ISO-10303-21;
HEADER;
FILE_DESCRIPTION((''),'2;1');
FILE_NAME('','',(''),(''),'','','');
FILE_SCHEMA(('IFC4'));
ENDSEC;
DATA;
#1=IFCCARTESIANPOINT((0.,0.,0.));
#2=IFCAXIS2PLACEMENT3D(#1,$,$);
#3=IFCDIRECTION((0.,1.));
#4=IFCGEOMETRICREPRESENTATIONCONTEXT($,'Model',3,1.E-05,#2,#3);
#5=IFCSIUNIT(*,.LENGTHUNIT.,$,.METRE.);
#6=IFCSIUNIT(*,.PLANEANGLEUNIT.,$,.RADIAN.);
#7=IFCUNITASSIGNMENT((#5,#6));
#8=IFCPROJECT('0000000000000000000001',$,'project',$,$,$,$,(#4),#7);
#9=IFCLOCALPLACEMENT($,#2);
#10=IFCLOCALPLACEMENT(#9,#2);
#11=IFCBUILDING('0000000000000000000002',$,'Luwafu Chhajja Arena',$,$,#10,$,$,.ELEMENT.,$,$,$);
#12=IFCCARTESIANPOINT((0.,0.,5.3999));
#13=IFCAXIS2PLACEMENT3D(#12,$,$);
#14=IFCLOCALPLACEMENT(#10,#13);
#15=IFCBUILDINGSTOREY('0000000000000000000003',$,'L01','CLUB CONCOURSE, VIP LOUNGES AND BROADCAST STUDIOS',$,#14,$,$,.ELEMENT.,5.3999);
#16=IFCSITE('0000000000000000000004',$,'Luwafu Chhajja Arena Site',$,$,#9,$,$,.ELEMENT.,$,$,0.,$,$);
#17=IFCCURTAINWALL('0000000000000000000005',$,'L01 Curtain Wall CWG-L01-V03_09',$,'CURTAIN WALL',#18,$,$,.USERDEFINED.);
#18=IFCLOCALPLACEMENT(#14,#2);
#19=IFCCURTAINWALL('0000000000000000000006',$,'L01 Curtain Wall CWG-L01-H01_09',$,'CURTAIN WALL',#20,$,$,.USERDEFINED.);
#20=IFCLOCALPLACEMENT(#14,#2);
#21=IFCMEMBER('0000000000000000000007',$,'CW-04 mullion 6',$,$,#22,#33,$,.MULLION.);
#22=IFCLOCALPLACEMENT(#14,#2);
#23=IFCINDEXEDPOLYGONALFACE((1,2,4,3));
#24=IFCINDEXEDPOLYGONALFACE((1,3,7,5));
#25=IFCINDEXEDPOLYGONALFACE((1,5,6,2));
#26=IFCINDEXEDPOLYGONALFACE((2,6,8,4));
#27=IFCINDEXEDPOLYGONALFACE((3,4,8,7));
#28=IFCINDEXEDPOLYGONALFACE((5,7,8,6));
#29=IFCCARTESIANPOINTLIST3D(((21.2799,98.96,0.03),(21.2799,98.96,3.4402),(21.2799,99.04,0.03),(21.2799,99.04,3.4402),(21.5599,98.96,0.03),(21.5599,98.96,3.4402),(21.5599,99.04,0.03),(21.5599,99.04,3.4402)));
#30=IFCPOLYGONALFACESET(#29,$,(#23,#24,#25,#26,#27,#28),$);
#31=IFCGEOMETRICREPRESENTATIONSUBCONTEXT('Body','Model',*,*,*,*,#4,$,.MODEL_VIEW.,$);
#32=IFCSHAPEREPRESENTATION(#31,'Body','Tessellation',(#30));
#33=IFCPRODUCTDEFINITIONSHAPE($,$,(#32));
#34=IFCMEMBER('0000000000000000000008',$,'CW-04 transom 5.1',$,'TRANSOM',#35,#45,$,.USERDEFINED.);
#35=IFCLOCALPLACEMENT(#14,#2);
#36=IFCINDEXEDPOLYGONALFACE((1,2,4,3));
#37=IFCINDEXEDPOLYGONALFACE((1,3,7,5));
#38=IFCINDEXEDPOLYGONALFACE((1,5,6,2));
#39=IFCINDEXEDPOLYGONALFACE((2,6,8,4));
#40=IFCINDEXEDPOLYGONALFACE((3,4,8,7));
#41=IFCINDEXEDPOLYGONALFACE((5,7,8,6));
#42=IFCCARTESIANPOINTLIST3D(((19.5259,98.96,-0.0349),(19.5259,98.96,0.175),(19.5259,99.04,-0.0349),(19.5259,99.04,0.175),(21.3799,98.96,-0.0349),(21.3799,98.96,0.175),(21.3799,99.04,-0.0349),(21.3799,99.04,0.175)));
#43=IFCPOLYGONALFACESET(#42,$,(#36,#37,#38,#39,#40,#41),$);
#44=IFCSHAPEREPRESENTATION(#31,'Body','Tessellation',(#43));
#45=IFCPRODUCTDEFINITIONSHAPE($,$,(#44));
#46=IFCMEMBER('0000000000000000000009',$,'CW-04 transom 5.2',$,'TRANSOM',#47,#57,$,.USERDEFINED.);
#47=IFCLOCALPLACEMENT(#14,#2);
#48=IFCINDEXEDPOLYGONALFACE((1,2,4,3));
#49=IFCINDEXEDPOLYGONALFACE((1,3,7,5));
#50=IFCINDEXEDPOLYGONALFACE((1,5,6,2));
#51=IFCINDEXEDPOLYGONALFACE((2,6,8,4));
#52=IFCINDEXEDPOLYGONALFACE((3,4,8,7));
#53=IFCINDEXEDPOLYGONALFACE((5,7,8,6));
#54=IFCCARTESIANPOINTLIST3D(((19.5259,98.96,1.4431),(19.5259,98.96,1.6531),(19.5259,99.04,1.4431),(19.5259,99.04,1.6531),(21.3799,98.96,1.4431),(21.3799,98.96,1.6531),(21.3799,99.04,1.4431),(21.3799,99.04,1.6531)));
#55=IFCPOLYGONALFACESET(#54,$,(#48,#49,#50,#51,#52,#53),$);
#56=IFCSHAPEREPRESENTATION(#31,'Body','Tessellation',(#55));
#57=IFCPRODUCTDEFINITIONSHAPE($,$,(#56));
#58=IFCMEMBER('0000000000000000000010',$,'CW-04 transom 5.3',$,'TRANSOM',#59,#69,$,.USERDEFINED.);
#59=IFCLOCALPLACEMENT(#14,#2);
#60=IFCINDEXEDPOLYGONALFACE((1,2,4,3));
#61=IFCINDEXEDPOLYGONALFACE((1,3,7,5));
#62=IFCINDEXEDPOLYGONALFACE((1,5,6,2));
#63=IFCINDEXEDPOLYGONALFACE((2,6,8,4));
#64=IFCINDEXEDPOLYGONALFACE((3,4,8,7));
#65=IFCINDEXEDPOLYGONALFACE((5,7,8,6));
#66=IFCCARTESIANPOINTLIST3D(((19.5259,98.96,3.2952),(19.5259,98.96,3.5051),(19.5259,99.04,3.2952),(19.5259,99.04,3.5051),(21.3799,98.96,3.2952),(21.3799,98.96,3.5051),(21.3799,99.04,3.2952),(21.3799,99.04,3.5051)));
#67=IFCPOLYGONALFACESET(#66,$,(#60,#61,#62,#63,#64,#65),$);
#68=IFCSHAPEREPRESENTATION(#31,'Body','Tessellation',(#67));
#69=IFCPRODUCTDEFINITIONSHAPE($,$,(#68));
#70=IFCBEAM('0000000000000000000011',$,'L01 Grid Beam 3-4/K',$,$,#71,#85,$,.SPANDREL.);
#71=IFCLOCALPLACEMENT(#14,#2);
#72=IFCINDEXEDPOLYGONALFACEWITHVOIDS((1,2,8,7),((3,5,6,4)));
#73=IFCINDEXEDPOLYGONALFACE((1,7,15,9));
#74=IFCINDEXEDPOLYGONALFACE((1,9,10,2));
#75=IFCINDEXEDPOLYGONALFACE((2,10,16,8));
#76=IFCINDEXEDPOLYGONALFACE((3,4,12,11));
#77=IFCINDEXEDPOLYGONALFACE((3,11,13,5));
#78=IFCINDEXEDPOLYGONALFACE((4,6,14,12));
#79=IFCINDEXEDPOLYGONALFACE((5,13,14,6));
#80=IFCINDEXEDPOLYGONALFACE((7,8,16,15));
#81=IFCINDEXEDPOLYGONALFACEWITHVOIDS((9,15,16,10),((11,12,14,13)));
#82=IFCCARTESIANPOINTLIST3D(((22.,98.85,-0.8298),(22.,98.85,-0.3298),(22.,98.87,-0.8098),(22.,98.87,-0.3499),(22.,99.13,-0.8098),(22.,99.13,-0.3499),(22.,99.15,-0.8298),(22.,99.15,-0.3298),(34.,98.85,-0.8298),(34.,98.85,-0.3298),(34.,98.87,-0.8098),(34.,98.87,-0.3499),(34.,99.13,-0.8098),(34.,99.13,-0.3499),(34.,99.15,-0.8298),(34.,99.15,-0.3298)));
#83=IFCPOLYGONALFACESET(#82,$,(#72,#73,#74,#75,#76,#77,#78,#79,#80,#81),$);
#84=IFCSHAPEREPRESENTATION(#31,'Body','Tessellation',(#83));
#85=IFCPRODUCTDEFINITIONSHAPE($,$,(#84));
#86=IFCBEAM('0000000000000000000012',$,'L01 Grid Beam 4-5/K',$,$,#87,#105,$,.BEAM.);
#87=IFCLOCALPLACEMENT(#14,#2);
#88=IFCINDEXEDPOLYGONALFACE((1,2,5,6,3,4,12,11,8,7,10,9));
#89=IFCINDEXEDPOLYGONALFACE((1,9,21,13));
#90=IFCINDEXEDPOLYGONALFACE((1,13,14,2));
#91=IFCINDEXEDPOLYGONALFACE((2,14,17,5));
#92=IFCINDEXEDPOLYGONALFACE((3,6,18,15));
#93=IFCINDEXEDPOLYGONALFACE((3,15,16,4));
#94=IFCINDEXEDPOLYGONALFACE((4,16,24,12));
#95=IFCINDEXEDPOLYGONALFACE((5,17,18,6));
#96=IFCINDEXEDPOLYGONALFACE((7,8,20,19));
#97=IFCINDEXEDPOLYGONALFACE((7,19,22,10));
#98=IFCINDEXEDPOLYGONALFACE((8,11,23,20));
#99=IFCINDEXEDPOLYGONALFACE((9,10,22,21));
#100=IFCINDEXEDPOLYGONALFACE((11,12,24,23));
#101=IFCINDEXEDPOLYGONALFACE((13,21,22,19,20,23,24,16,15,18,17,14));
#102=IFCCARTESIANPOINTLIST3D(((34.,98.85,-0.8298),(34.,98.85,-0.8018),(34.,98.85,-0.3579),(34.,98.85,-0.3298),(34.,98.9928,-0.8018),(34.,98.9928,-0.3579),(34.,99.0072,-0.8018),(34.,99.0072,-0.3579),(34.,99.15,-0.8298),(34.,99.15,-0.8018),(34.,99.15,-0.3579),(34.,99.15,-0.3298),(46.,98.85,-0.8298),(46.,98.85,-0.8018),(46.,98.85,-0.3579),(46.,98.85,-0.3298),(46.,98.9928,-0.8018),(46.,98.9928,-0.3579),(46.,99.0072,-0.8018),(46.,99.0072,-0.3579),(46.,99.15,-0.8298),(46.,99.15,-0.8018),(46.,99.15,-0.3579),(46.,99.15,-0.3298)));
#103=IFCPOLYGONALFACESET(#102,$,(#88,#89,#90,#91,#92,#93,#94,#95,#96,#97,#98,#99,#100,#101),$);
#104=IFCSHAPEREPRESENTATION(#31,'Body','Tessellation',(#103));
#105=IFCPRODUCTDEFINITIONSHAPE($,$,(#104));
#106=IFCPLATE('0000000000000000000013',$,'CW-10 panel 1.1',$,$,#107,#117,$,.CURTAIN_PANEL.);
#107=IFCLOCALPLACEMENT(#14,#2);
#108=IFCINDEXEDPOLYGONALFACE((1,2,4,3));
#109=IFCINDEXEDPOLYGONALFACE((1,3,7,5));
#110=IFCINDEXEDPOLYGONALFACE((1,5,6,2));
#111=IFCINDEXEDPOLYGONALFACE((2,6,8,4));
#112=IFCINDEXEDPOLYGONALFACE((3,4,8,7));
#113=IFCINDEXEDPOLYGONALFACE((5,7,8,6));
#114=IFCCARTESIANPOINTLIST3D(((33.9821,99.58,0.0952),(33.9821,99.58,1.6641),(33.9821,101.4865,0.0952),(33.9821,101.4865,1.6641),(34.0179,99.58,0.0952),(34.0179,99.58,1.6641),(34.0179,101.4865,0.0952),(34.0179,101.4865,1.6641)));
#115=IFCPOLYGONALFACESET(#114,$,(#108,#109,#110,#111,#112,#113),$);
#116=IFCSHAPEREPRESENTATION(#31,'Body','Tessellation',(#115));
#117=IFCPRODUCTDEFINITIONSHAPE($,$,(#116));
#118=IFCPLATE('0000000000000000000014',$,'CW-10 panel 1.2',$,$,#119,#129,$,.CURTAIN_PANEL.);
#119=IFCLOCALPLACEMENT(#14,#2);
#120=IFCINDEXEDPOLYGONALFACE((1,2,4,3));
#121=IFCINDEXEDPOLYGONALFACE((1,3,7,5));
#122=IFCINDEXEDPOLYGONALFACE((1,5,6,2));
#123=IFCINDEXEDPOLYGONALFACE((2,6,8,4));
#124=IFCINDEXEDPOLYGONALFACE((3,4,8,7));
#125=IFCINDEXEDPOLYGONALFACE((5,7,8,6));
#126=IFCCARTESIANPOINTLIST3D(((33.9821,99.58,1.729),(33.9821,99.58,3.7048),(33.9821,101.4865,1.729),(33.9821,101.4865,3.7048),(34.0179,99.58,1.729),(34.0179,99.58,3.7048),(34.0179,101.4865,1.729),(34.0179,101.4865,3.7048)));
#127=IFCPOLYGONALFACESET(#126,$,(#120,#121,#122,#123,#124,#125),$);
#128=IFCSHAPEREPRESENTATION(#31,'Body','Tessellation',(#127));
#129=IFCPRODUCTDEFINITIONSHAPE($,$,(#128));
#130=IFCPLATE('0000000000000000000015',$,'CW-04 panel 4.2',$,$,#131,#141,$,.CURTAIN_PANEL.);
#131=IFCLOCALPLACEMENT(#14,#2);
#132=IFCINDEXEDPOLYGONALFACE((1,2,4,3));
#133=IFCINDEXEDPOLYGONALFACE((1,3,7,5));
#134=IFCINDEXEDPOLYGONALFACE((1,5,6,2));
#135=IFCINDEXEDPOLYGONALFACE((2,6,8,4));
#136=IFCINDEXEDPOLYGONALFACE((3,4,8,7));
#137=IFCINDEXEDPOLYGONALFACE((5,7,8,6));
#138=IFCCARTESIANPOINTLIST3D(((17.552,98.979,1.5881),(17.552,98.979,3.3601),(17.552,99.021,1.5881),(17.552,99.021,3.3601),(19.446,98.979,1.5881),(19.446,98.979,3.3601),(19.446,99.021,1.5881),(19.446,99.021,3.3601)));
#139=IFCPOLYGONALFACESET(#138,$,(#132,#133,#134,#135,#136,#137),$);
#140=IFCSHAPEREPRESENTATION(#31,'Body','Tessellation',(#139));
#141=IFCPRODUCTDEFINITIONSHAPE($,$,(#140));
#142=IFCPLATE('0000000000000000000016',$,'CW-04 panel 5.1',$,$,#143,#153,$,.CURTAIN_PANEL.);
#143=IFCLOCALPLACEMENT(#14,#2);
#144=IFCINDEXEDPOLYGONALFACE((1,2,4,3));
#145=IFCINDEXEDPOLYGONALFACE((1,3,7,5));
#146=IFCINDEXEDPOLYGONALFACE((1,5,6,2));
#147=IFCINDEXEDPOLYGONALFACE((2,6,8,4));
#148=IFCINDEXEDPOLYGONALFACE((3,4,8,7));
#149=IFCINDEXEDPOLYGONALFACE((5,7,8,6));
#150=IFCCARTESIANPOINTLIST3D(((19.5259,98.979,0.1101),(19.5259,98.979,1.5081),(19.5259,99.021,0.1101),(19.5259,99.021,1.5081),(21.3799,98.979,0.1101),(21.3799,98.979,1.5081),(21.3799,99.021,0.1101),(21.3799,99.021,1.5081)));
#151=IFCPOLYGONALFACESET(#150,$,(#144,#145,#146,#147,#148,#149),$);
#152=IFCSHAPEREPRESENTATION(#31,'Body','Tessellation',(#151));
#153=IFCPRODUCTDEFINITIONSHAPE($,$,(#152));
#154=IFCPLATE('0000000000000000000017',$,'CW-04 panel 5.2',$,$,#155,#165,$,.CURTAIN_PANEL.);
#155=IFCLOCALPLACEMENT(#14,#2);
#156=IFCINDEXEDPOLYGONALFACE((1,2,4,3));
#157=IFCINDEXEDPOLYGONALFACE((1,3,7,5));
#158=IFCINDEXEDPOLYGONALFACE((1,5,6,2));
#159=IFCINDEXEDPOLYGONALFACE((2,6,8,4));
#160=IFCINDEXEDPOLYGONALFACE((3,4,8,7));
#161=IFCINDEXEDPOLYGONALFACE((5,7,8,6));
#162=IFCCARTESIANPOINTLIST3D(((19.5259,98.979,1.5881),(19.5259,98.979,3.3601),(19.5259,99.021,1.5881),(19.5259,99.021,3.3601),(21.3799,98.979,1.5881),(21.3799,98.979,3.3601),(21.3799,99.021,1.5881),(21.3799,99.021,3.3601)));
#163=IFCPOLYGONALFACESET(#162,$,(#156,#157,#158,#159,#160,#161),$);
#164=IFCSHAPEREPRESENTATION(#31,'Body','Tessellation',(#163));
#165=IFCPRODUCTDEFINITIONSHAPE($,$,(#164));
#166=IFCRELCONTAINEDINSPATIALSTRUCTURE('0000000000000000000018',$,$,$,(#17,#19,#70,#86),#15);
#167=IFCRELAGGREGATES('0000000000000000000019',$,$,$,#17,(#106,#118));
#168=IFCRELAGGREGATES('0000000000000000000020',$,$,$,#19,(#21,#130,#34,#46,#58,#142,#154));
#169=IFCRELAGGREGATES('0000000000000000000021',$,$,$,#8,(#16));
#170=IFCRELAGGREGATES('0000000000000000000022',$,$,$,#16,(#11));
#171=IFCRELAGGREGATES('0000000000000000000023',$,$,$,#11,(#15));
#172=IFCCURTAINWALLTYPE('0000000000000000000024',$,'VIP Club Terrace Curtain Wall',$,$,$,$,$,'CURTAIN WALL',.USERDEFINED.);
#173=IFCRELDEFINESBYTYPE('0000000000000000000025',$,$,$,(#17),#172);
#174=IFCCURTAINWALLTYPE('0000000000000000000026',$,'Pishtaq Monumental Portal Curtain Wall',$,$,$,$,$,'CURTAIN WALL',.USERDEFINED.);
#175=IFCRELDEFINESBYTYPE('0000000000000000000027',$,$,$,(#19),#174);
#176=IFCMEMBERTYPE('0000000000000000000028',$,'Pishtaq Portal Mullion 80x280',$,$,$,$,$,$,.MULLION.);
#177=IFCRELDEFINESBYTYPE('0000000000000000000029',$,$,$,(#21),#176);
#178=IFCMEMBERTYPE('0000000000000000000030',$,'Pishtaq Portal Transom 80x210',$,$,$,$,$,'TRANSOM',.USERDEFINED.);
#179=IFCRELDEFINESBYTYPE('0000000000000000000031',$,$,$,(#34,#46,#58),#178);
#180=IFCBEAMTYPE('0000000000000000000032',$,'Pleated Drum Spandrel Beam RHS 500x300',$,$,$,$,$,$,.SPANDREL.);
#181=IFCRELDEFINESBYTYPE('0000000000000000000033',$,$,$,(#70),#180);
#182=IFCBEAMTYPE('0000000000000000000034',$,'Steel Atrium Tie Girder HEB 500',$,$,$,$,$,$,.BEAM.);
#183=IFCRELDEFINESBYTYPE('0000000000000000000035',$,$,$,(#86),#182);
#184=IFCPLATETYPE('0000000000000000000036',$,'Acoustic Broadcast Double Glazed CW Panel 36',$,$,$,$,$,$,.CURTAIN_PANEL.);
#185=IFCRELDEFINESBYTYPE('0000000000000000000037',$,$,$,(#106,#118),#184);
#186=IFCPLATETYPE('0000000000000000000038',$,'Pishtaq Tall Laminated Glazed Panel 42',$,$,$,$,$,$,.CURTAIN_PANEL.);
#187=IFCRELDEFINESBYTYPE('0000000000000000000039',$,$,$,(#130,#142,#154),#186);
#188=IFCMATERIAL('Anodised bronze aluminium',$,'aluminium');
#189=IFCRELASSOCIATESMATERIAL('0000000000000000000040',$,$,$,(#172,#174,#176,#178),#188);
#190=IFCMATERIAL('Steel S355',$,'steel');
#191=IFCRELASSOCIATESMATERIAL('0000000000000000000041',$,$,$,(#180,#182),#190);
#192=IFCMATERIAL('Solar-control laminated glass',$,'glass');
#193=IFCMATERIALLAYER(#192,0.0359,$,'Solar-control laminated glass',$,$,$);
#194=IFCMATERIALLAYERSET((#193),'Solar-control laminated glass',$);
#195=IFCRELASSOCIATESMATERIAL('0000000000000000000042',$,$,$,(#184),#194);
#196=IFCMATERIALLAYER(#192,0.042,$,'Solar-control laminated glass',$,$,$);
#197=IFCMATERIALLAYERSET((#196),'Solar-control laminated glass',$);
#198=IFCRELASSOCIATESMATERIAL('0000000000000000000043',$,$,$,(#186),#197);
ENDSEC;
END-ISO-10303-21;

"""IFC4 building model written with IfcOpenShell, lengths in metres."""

from ifc_helpers import new_model, si_unit, direction, frame, origin, origin_2d, place, context, subcontext, project, spatial, rectangle, hollow_rectangle, i_section, extrude, material, layer, layer_set, material_profile, profile_set, type_object, element, aggregate, save


model = new_model("IFC4")

# Units and contexts
model_context = context("Model", 3, precision=1e-05, world=origin(), true_north=direction((0.0, 1.0)))
body_context = subcontext(model_context, "Body", "Model", "MODEL_VIEW")
ifc_project = project(units=[si_unit("LENGTHUNIT", "METRE"), si_unit("PLANEANGLEUNIT", "RADIAN")], contexts=[model_context])

# Site, building, storey
site_placement = place(None, origin())
site = spatial("IfcSite", under=ifc_project, at=site_placement, Name="Luwafu Chhajja Arena Site", CompositionType="ELEMENT", RefElevation=0.0)
building_placement = place(site_placement, origin())
building = spatial("IfcBuilding", under=site, at=building_placement, Name="Luwafu Chhajja Arena", CompositionType="ELEMENT")
storey_placement = place(building_placement, frame((0.0, 0.0, 5.3999)))
storey = spatial("IfcBuildingStorey", under=building, at=storey_placement, Name="L01", Description="CLUB CONCOURSE, VIP LOUNGES AND BROADCAST STUDIOS", CompositionType="ELEMENT", Elevation=5.3999)

# Curtain wall
ifc_material_1 = material(Name="Anodised bronze aluminium", Category="aluminium")
curtain_wall_type_1 = type_object("IfcCurtainWallType", Name="VIP Club Terrace Curtain Wall", ElementType="CURTAIN WALL", PredefinedType="USERDEFINED", material=ifc_material_1)
curtain_wall_1_placement = place(storey_placement, origin())
curtain_wall_1 = element("IfcCurtainWall", 1, at=curtain_wall_1_placement, inside=storey, type_object=curtain_wall_type_1, Name="L01 Curtain Wall CWG-L01-V03_09", ObjectType="CURTAIN WALL", PredefinedType="USERDEFINED")

# Shared definitions
ifc_material_2 = material(Name="Steel S355", Category="steel")

# Curtain wall, members
curtain_wall_type_2 = type_object("IfcCurtainWallType", Name="Pishtaq Monumental Portal Curtain Wall", ElementType="CURTAIN WALL", PredefinedType="USERDEFINED", material=ifc_material_1)
curtain_wall_2_placement = place(storey_placement, origin())
curtain_wall_2 = element("IfcCurtainWall", 2, at=curtain_wall_2_placement, inside=storey, type_object=curtain_wall_type_2, Name="L01 Curtain Wall CWG-L01-H01_09", ObjectType="CURTAIN WALL", PredefinedType="USERDEFINED")
ifc_material_profile_1 = material_profile(ifc_material_1, rectangle(XDim=0.0801, YDim=0.28, at=origin_2d()), Name="CWM 80x280")
ifc_profile_set_1 = profile_set([ifc_material_profile_1], Name="Anodised bronze aluminium")
member_type_1 = type_object("IfcMemberType", Name="Pishtaq Portal Mullion 80x280", PredefinedType="MULLION", material=ifc_profile_set_1)
member_1_placement = place(storey_placement, frame((21.4199, 99.0, 0.03), z_axis=(0.0, 0.0, 1.0), x_axis=(0.0, 1.0, 0.0)))
member_1 = element("IfcMember", 3, at=member_1_placement, type_object=member_type_1, Name="CW-04 mullion 6", PredefinedType="MULLION", context=body_context, shape_type="SweptSolid", body=[
    extrude(rectangle(XDim=0.0801, YDim=0.28, at=origin_2d()), origin(), (0.0, 0.0, 1.0), 3.4102),
])
ifc_material_profile_2 = material_profile(ifc_material_1, rectangle(XDim=0.0801, YDim=0.21, at=origin_2d()), Name="CWT 80x210")
ifc_profile_set_2 = profile_set([ifc_material_profile_2], Name="Anodised bronze aluminium")
member_type_2 = type_object("IfcMemberType", Name="Pishtaq Portal Transom 80x210", ElementType="TRANSOM", PredefinedType="USERDEFINED", material=ifc_profile_set_2)
member_2_placement = place(storey_placement, frame((19.5259, 99.0, 0.0701), z_axis=(1.0, 0.0, 0.0), x_axis=(0.0, 1.0, 0.0)))
member_2 = element("IfcMember", 4, at=member_2_placement, type_object=member_type_2, Name="CW-04 transom 5.1", ObjectType="TRANSOM", PredefinedType="USERDEFINED", context=body_context, shape_type="SweptSolid", body=[
    extrude(rectangle(XDim=0.0801, YDim=0.21, at=origin_2d()), origin(), (0.0, 0.0, 1.0), 1.854),
])
member_3_placement = place(storey_placement, frame((19.5259, 99.0, 1.5481), z_axis=(1.0, 0.0, 0.0), x_axis=(0.0, 1.0, 0.0)))
member_3 = element("IfcMember", 5, at=member_3_placement, type_object=member_type_2, Name="CW-04 transom 5.2", ObjectType="TRANSOM", PredefinedType="USERDEFINED", context=body_context, shape_type="SweptSolid", body=[
    extrude(rectangle(XDim=0.0801, YDim=0.21, at=origin_2d()), origin(), (0.0, 0.0, 1.0), 1.854),
])
member_4_placement = place(storey_placement, frame((19.5259, 99.0, 3.4001), z_axis=(1.0, 0.0, 0.0), x_axis=(0.0, 1.0, 0.0)))
member_4 = element("IfcMember", 6, at=member_4_placement, type_object=member_type_2, Name="CW-04 transom 5.3", ObjectType="TRANSOM", PredefinedType="USERDEFINED", context=body_context, shape_type="SweptSolid", body=[
    extrude(rectangle(XDim=0.0801, YDim=0.21, at=origin_2d()), origin(), (0.0, 0.0, 1.0), 1.854),
])

# Beams
ifc_material_profile_3 = material_profile(ifc_material_2, hollow_rectangle(XDim=0.3, YDim=0.5, WallThickness=0.02, at=origin_2d()), Name="RHS 500x300x20")
ifc_profile_set_3 = profile_set([ifc_material_profile_3], Name="Steel S355")
beam_type_1 = type_object("IfcBeamType", Name="Pleated Drum Spandrel Beam RHS 500x300", PredefinedType="SPANDREL", material=ifc_profile_set_3)
beam_1_placement = place(storey_placement, frame((22.0, 99.0, -0.5798), z_axis=(1.0, 0.0, 0.0), x_axis=(0.0, 1.0, 0.0)))
element("IfcBeam", 7, at=beam_1_placement, inside=storey, type_object=beam_type_1, Name="L01 Grid Beam 3-4/K", PredefinedType="SPANDREL", context=body_context, shape_type="SweptSolid", body=[
    extrude(hollow_rectangle(XDim=0.3, YDim=0.5, WallThickness=0.02, at=origin_2d()), origin(), (0.0, 0.0, 1.0), 12.0),
])
ifc_material_profile_4 = material_profile(ifc_material_2, i_section(OverallWidth=0.3, OverallDepth=0.5, WebThickness=0.0144, FlangeThickness=0.0281, at=origin_2d()), Name="HEB 500")
ifc_profile_set_4 = profile_set([ifc_material_profile_4], Name="Steel S355")
beam_type_2 = type_object("IfcBeamType", Name="Steel Atrium Tie Girder HEB 500", PredefinedType="BEAM", material=ifc_profile_set_4)
beam_2_placement = place(storey_placement, frame((34.0, 99.0, -0.5798), z_axis=(1.0, 0.0, 0.0), x_axis=(0.0, 1.0, 0.0)))
element("IfcBeam", 8, at=beam_2_placement, inside=storey, type_object=beam_type_2, Name="L01 Grid Beam 4-5/K", PredefinedType="BEAM", context=body_context, shape_type="SweptSolid", body=[
    extrude(i_section(OverallWidth=0.3, OverallDepth=0.5, WebThickness=0.0144, FlangeThickness=0.0281, at=origin_2d()), origin(), (0.0, 0.0, 1.0), 12.0),
])

# Plates
ifc_material_3 = material(Name="Solar-control laminated glass", Category="glass")
ifc_layer_1 = layer(ifc_material_3, 0.0359, Name="Solar-control laminated glass")
ifc_layer_set_1 = layer_set([ifc_layer_1], Name="Solar-control laminated glass")
plate_type_1 = type_object("IfcPlateType", Name="Acoustic Broadcast Double Glazed CW Panel 36", PredefinedType="CURTAIN_PANEL", material=ifc_layer_set_1)
plate_1_placement = place(storey_placement, frame((34.0, 100.5332, 0.0952), z_axis=(0.0, 0.0, 1.0), x_axis=(0.0, 1.0, 0.0)))
plate_1 = element("IfcPlate", 9, at=plate_1_placement, type_object=plate_type_1, Name="CW-10 panel 1.1", PredefinedType="CURTAIN_PANEL", context=body_context, shape_type="SweptSolid", body=[
    extrude(rectangle(XDim=1.9065, YDim=0.0359, at=origin_2d()), origin(), (0.0, 0.0, 1.0), 1.5688),
])
plate_2_placement = place(storey_placement, frame((34.0, 100.5332, 1.729), z_axis=(0.0, 0.0, 1.0), x_axis=(0.0, 1.0, 0.0)))
plate_2 = element("IfcPlate", 10, at=plate_2_placement, type_object=plate_type_1, Name="CW-10 panel 1.2", PredefinedType="CURTAIN_PANEL", context=body_context, shape_type="SweptSolid", body=[
    extrude(rectangle(XDim=1.9065, YDim=0.0359, at=origin_2d()), origin(), (0.0, 0.0, 1.0), 1.9758),
])
aggregate(curtain_wall_1, [plate_1, plate_2])
ifc_layer_2 = layer(ifc_material_3, 0.042, Name="Solar-control laminated glass")
ifc_layer_set_2 = layer_set([ifc_layer_2], Name="Solar-control laminated glass")
plate_type_2 = type_object("IfcPlateType", Name="Pishtaq Tall Laminated Glazed Panel 42", PredefinedType="CURTAIN_PANEL", material=ifc_layer_set_2)
plate_3_placement = place(storey_placement, frame((18.499, 99.0, 1.5881), z_axis=(0.0, 0.0, 1.0), x_axis=(1.0, 0.0, 0.0)))
plate_3 = element("IfcPlate", 11, at=plate_3_placement, type_object=plate_type_2, Name="CW-04 panel 4.2", PredefinedType="CURTAIN_PANEL", context=body_context, shape_type="SweptSolid", body=[
    extrude(rectangle(XDim=1.894, YDim=0.042, at=origin_2d()), origin(), (0.0, 0.0, 1.0), 1.772),
])
plate_4_placement = place(storey_placement, frame((20.4529, 99.0, 0.1101), z_axis=(0.0, 0.0, 1.0), x_axis=(1.0, 0.0, 0.0)))
plate_4 = element("IfcPlate", 12, at=plate_4_placement, type_object=plate_type_2, Name="CW-04 panel 5.1", PredefinedType="CURTAIN_PANEL", context=body_context, shape_type="SweptSolid", body=[
    extrude(rectangle(XDim=1.854, YDim=0.042, at=origin_2d()), origin(), (0.0, 0.0, 1.0), 1.3979),
])
plate_5_placement = place(storey_placement, frame((20.4529, 99.0, 1.5881), z_axis=(0.0, 0.0, 1.0), x_axis=(1.0, 0.0, 0.0)))
plate_5 = element("IfcPlate", 13, at=plate_5_placement, type_object=plate_type_2, Name="CW-04 panel 5.2", PredefinedType="CURTAIN_PANEL", context=body_context, shape_type="SweptSolid", body=[
    extrude(rectangle(XDim=1.854, YDim=0.042, at=origin_2d()), origin(), (0.0, 0.0, 1.0), 1.772),
])
aggregate(curtain_wall_2, [member_1, plate_3, member_2, member_3, member_4, plate_4, plate_5])

save(model, "model.ifc")
